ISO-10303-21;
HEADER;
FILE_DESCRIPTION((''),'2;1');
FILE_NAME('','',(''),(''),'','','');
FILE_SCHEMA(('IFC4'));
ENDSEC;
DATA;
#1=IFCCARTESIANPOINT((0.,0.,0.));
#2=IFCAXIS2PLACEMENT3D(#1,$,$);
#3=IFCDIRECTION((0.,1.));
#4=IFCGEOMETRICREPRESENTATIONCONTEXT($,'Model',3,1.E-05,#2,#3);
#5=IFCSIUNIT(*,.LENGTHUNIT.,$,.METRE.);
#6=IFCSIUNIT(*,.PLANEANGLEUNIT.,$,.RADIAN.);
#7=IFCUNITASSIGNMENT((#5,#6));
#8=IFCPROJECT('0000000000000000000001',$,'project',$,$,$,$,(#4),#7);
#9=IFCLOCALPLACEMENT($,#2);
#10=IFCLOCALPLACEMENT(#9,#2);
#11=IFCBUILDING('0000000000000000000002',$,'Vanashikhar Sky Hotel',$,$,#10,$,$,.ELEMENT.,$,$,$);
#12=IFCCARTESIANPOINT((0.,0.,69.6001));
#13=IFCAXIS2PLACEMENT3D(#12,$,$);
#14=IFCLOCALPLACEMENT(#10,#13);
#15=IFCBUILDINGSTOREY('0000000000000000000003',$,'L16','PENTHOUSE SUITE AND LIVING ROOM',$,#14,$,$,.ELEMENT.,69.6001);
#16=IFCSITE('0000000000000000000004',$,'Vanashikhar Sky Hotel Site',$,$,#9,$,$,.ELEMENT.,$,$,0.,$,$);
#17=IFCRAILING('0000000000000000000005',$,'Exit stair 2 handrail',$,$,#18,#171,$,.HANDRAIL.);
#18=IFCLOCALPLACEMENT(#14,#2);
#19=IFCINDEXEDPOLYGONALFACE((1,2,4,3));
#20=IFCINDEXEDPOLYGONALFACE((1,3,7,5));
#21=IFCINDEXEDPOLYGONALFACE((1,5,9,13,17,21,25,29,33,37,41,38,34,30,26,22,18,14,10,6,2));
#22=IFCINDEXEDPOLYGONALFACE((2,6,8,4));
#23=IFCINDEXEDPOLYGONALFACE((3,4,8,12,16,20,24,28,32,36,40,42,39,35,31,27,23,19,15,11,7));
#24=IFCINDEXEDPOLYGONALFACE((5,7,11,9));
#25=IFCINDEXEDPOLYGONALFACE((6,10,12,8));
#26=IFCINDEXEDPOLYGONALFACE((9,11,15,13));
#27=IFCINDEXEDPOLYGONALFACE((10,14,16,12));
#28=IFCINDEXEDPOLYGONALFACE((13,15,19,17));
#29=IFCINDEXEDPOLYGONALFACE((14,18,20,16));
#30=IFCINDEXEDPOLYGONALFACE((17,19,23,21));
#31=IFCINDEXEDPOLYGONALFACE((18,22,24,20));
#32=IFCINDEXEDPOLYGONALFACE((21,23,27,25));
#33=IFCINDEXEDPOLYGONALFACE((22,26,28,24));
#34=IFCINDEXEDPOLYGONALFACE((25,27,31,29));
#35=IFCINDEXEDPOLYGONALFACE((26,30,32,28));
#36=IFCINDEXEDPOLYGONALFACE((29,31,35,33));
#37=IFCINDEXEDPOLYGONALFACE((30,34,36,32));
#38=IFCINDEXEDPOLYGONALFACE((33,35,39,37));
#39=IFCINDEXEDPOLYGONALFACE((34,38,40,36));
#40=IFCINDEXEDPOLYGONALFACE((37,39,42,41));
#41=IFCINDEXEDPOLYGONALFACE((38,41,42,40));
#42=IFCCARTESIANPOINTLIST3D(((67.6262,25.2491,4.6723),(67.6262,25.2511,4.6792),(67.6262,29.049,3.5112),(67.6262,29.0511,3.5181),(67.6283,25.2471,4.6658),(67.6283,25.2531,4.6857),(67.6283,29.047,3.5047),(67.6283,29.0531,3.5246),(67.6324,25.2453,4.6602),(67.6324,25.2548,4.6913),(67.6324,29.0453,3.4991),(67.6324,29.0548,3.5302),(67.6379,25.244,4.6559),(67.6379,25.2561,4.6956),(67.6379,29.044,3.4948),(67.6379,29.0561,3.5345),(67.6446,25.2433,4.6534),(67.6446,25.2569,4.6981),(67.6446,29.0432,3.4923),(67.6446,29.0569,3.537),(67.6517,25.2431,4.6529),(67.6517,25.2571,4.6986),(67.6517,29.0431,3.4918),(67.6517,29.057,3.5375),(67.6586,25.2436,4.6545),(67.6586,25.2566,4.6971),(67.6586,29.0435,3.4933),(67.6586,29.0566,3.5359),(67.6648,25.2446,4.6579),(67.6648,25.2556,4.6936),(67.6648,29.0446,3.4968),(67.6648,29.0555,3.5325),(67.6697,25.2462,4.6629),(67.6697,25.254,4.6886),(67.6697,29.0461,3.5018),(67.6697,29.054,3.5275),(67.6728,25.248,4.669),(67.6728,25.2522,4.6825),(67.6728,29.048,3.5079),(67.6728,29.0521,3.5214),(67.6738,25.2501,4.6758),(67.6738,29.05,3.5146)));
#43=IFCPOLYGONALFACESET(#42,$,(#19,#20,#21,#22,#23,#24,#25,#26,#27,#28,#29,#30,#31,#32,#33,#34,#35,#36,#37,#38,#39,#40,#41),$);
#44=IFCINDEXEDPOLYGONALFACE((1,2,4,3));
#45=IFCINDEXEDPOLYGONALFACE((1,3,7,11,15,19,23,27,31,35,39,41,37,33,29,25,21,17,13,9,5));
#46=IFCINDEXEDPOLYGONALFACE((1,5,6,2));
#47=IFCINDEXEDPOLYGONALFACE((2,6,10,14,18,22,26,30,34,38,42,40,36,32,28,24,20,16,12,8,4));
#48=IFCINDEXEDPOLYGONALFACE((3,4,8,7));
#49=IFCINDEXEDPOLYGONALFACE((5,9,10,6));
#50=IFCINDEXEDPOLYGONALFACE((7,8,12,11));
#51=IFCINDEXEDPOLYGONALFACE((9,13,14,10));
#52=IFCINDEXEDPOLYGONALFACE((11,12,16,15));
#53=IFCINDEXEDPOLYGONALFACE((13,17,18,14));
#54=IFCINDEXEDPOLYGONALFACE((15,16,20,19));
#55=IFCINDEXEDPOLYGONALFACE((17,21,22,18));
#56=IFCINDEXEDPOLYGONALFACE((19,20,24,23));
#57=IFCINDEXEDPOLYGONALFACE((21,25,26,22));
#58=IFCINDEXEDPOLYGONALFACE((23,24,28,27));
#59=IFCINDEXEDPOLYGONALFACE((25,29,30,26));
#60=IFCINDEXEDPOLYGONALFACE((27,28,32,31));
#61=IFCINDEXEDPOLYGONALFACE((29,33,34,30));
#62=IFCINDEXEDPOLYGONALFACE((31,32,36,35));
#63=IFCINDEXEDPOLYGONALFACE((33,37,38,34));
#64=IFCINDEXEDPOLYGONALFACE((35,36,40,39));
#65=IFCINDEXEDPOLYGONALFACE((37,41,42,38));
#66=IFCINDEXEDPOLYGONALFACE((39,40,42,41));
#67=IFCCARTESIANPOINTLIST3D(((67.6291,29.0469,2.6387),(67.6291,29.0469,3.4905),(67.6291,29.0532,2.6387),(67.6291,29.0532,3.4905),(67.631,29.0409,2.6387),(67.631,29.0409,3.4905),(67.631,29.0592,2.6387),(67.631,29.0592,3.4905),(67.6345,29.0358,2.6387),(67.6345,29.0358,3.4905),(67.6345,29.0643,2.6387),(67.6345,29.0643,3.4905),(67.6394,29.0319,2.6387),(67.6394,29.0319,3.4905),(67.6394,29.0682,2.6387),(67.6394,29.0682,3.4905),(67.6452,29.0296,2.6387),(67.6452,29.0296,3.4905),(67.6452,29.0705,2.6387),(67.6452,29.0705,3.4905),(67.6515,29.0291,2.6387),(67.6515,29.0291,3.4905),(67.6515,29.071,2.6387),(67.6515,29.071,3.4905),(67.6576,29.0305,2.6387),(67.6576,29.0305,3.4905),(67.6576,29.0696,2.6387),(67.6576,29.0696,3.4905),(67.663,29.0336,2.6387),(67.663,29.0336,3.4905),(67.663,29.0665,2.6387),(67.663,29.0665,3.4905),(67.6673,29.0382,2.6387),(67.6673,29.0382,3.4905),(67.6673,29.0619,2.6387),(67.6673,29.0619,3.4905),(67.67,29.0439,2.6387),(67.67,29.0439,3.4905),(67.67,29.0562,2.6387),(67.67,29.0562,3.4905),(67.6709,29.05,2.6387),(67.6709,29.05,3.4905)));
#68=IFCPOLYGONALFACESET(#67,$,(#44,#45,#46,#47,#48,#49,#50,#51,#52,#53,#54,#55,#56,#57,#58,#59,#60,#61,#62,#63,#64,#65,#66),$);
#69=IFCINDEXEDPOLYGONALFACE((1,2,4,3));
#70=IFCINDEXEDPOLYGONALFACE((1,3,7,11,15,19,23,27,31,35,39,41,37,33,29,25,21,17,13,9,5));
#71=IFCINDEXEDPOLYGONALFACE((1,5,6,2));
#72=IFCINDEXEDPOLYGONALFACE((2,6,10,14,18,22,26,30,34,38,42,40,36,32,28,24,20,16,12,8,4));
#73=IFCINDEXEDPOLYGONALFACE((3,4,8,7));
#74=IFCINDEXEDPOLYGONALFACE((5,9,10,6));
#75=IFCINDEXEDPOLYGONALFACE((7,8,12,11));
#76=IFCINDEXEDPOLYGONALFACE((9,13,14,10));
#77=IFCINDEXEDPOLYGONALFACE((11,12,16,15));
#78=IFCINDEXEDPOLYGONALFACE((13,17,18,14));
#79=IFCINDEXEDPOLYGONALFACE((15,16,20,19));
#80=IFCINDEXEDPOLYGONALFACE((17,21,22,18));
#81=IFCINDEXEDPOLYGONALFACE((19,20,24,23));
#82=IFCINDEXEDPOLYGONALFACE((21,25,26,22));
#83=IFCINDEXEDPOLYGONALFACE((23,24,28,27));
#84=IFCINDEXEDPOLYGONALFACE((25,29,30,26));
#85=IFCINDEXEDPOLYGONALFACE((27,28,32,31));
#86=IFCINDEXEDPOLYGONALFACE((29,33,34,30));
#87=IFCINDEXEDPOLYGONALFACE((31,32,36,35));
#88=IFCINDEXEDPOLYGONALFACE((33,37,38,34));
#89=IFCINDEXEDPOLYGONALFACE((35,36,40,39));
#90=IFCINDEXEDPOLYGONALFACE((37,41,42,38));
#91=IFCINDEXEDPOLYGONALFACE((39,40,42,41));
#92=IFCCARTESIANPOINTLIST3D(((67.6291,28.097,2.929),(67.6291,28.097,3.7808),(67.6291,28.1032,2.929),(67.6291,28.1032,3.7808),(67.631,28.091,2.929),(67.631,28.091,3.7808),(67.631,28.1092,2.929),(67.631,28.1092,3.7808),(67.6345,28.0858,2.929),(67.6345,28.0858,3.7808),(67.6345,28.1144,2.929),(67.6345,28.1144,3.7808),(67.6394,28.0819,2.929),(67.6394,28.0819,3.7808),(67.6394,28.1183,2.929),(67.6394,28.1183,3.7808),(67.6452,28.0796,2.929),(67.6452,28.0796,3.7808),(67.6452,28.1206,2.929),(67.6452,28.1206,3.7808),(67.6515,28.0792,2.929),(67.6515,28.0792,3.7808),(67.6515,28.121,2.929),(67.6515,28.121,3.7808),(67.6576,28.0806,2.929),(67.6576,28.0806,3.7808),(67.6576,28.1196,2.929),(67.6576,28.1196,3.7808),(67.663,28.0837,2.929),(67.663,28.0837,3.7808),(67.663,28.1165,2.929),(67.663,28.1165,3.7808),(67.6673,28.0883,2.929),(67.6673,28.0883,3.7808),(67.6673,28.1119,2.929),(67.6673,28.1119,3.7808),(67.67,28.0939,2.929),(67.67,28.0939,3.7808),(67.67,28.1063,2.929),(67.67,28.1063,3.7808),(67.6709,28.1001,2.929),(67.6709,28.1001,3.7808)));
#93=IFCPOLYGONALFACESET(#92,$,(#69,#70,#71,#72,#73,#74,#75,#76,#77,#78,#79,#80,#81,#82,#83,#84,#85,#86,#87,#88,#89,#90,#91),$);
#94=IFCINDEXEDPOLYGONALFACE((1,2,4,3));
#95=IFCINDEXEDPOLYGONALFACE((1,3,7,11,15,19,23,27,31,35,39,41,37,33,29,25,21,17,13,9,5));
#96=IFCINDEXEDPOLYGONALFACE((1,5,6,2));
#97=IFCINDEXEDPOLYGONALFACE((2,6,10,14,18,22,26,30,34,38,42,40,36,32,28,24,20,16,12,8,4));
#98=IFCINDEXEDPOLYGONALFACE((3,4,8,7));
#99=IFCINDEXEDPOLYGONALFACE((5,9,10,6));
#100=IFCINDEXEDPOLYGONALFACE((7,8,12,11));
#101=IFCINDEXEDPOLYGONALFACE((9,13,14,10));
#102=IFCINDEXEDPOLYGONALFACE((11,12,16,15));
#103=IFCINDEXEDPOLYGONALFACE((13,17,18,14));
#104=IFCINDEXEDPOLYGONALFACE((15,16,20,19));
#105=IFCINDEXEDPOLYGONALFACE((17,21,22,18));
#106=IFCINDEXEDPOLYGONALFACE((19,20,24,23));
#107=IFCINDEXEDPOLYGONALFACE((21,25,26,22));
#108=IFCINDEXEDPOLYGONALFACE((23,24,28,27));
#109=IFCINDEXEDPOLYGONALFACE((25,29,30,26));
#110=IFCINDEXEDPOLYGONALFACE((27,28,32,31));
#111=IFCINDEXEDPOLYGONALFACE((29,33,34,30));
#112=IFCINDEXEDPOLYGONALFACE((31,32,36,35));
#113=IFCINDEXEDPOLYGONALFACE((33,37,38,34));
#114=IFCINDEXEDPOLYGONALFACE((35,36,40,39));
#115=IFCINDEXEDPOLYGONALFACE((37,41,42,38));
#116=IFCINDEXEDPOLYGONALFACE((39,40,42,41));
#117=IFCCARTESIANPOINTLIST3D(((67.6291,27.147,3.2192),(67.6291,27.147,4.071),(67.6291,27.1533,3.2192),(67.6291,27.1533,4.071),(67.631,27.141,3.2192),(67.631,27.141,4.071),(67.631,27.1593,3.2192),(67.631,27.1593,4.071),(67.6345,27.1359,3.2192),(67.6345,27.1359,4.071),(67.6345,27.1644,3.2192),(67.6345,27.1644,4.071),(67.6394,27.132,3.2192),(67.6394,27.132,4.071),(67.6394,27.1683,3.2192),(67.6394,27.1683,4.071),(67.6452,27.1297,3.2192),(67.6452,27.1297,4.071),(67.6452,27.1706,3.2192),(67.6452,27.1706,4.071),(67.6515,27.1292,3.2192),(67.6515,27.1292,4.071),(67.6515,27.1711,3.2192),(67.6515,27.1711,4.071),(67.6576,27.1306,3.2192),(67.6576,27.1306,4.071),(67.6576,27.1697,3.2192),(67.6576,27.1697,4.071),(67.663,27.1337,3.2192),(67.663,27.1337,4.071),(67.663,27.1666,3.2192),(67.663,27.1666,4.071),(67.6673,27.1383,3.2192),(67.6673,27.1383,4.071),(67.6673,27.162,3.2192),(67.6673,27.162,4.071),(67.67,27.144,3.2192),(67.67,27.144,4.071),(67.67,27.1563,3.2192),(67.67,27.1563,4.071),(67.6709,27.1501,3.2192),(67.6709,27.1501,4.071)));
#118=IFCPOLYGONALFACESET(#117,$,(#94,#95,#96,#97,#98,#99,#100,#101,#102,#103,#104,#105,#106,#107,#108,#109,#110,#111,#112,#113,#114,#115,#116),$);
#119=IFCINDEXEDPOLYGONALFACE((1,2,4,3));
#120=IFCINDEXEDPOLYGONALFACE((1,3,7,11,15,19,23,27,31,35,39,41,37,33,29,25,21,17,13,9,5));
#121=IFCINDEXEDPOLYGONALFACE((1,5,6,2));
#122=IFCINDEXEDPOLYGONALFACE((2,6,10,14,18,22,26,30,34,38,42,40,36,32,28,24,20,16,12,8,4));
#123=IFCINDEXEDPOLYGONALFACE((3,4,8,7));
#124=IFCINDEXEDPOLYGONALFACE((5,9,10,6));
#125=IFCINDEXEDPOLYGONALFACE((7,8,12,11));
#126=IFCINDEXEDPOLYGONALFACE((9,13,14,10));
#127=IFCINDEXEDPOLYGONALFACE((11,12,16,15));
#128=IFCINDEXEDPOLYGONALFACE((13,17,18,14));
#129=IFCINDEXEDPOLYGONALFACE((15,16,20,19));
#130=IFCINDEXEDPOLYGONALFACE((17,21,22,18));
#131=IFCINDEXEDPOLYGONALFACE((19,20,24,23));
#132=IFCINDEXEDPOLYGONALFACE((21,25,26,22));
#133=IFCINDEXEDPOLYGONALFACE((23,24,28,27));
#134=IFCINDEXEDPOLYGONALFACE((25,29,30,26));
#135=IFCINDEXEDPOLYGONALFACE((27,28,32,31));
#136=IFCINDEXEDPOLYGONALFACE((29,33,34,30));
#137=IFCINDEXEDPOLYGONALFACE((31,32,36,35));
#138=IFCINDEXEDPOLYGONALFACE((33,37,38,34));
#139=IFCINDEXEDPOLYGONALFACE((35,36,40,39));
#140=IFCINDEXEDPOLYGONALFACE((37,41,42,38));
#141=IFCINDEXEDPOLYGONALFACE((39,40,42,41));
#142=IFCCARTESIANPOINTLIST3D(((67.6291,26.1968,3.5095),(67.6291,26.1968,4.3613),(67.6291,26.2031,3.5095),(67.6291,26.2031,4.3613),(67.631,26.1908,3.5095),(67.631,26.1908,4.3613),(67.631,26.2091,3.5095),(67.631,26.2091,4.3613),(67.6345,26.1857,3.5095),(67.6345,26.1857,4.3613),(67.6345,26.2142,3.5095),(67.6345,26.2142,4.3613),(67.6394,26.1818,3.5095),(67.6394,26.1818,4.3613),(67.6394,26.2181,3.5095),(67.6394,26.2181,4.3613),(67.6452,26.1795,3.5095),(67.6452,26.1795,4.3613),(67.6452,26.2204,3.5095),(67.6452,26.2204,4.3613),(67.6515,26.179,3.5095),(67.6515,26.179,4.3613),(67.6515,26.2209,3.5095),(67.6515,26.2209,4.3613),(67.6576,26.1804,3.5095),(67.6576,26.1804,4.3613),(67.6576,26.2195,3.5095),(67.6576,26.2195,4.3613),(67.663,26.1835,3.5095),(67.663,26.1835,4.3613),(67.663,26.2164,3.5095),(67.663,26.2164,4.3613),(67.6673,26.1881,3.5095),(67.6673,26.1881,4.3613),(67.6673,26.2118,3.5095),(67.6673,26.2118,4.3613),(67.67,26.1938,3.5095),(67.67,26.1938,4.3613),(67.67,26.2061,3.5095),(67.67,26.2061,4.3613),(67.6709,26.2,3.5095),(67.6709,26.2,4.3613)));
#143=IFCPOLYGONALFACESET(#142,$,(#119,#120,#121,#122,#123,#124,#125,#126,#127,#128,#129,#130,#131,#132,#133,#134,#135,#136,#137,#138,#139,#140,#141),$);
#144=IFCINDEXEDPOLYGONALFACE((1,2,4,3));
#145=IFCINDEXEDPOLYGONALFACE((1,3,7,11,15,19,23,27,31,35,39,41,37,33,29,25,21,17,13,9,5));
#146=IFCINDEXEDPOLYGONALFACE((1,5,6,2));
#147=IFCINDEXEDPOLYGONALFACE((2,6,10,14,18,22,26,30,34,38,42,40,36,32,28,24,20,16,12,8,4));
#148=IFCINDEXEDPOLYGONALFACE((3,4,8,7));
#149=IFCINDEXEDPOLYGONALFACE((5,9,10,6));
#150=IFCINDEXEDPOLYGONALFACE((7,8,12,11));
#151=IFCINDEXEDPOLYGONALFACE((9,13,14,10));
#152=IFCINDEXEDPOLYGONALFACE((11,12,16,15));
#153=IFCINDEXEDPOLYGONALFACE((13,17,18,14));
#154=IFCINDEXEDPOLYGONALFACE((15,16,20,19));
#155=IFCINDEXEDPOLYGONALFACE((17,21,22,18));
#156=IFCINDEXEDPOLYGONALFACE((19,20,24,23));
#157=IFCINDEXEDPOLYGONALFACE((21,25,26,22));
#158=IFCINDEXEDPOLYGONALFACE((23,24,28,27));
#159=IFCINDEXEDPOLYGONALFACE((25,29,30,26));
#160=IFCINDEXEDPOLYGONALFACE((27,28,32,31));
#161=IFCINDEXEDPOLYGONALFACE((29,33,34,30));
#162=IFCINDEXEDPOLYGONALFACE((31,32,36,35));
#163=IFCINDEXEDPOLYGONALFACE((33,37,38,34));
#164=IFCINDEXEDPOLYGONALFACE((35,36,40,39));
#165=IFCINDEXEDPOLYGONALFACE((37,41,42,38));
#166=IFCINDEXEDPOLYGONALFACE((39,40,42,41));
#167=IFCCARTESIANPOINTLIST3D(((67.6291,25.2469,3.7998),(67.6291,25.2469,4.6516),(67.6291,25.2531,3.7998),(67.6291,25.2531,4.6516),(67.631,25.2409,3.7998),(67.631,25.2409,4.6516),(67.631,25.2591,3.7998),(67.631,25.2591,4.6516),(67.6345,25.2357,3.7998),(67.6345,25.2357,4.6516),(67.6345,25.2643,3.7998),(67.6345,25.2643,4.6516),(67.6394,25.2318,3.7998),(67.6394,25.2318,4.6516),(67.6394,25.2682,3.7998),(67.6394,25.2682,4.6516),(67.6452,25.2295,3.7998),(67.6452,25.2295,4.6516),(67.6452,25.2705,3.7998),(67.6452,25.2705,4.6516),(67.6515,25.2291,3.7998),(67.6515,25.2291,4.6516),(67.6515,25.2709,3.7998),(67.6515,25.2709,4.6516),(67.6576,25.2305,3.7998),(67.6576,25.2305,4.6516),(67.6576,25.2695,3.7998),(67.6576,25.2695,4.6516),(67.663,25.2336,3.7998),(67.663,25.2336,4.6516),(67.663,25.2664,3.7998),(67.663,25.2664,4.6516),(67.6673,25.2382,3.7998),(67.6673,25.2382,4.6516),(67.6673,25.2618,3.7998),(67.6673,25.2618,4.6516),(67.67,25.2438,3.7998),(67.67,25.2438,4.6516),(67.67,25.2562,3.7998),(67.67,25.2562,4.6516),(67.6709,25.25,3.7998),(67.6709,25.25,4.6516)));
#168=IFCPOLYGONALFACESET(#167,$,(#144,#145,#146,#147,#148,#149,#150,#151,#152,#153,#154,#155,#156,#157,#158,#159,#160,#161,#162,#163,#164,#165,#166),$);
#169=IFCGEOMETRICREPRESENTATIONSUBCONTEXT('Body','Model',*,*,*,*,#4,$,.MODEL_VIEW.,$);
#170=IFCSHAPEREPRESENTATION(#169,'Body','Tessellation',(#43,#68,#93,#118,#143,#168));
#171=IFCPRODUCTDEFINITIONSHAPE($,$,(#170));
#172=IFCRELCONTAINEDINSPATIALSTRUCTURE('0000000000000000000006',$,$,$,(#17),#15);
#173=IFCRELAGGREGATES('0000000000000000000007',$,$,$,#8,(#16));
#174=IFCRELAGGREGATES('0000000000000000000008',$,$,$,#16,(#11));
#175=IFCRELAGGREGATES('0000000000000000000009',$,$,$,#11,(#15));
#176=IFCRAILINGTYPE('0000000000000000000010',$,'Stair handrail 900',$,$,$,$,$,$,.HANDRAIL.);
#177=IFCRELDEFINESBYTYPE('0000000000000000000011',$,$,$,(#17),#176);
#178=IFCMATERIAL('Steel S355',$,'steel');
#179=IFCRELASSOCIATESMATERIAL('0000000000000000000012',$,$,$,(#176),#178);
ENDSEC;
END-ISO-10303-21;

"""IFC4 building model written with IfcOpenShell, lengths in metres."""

from ifc_helpers import new_model, si_unit, direction, frame, origin, origin_2d, place, context, subcontext, project, spatial, circle, extrude, source, transform, mapped, material, type_object, element, save


model = new_model("IFC4")

# Units and contexts
model_context = context("Model", 3, precision=1e-05, world=origin(), true_north=direction((0.0, 1.0)))
body_context = subcontext(model_context, "Body", "Model", "MODEL_VIEW")
ifc_project = project(units=[si_unit("LENGTHUNIT", "METRE"), si_unit("PLANEANGLEUNIT", "RADIAN")], contexts=[model_context])

# Site, building, storey
site_placement = place(None, origin())
site = spatial("IfcSite", under=ifc_project, at=site_placement, Name="Vanashikhar Sky Hotel Site", CompositionType="ELEMENT", RefElevation=0.0)
building_placement = place(site_placement, origin())
building = spatial("IfcBuilding", under=site, at=building_placement, Name="Vanashikhar Sky Hotel", CompositionType="ELEMENT")
storey_placement = place(building_placement, frame((0.0, 0.0, 69.6001)))
storey = spatial("IfcBuildingStorey", under=building, at=storey_placement, Name="L16", Description="PENTHOUSE SUITE AND LIVING ROOM", CompositionType="ELEMENT", Elevation=69.6001)

# Railing
ifc_material_1 = material(Name="Steel S355", Category="steel")
railing_type_1 = type_object("IfcRailingType", Name="Stair handrail 900", PredefinedType="HANDRAIL", material=ifc_material_1)
shared_shape_1 = source(origin(), body_context, "Body", "SweptSolid", [
    extrude(circle(Radius=0.0239, at=origin_2d()), frame((0.0, 0.0, 0.876), z_axis=(0.0, -0.956351, 0.29222), x_axis=(1.0, 0.0, 0.0)), (0.0, 0.0, 1.0), 3.9734),
    extrude(circle(Radius=0.021, at=origin_2d()), origin(), (0.0, 0.0, 1.0), 0.8518),
    extrude(circle(Radius=0.021, at=origin_2d()), frame((0.0, -0.95, 0.2903)), (0.0, 0.0, 1.0), 0.8518),
    extrude(circle(Radius=0.021, at=origin_2d()), frame((0.0, -1.8999, 0.5806)), (0.0, 0.0, 1.0), 0.8518),
    extrude(circle(Radius=0.021, at=origin_2d()), frame((0.0, -2.8501, 0.8708)), (0.0, 0.0, 1.0), 0.8518),
    extrude(circle(Radius=0.021, at=origin_2d()), frame((0.0, -3.8, 1.1611)), (0.0, 0.0, 1.0), 0.8518),
])
for number, where, name in (
    (1, (67.6499, 29.05, 2.6387), "Exit stair 2 handrail"),
):
    element("IfcRailing", number, at=place(storey_placement, frame(where)), inside=storey, type_object=railing_type_1, Name=name, PredefinedType="HANDRAIL", context=body_context, shape_type="MappedRepresentation", body=[
        mapped(shared_shape_1, transform((0.0, 0.0, 0.0), scale=1.0)),
    ])

save(model, "model.ifc")
